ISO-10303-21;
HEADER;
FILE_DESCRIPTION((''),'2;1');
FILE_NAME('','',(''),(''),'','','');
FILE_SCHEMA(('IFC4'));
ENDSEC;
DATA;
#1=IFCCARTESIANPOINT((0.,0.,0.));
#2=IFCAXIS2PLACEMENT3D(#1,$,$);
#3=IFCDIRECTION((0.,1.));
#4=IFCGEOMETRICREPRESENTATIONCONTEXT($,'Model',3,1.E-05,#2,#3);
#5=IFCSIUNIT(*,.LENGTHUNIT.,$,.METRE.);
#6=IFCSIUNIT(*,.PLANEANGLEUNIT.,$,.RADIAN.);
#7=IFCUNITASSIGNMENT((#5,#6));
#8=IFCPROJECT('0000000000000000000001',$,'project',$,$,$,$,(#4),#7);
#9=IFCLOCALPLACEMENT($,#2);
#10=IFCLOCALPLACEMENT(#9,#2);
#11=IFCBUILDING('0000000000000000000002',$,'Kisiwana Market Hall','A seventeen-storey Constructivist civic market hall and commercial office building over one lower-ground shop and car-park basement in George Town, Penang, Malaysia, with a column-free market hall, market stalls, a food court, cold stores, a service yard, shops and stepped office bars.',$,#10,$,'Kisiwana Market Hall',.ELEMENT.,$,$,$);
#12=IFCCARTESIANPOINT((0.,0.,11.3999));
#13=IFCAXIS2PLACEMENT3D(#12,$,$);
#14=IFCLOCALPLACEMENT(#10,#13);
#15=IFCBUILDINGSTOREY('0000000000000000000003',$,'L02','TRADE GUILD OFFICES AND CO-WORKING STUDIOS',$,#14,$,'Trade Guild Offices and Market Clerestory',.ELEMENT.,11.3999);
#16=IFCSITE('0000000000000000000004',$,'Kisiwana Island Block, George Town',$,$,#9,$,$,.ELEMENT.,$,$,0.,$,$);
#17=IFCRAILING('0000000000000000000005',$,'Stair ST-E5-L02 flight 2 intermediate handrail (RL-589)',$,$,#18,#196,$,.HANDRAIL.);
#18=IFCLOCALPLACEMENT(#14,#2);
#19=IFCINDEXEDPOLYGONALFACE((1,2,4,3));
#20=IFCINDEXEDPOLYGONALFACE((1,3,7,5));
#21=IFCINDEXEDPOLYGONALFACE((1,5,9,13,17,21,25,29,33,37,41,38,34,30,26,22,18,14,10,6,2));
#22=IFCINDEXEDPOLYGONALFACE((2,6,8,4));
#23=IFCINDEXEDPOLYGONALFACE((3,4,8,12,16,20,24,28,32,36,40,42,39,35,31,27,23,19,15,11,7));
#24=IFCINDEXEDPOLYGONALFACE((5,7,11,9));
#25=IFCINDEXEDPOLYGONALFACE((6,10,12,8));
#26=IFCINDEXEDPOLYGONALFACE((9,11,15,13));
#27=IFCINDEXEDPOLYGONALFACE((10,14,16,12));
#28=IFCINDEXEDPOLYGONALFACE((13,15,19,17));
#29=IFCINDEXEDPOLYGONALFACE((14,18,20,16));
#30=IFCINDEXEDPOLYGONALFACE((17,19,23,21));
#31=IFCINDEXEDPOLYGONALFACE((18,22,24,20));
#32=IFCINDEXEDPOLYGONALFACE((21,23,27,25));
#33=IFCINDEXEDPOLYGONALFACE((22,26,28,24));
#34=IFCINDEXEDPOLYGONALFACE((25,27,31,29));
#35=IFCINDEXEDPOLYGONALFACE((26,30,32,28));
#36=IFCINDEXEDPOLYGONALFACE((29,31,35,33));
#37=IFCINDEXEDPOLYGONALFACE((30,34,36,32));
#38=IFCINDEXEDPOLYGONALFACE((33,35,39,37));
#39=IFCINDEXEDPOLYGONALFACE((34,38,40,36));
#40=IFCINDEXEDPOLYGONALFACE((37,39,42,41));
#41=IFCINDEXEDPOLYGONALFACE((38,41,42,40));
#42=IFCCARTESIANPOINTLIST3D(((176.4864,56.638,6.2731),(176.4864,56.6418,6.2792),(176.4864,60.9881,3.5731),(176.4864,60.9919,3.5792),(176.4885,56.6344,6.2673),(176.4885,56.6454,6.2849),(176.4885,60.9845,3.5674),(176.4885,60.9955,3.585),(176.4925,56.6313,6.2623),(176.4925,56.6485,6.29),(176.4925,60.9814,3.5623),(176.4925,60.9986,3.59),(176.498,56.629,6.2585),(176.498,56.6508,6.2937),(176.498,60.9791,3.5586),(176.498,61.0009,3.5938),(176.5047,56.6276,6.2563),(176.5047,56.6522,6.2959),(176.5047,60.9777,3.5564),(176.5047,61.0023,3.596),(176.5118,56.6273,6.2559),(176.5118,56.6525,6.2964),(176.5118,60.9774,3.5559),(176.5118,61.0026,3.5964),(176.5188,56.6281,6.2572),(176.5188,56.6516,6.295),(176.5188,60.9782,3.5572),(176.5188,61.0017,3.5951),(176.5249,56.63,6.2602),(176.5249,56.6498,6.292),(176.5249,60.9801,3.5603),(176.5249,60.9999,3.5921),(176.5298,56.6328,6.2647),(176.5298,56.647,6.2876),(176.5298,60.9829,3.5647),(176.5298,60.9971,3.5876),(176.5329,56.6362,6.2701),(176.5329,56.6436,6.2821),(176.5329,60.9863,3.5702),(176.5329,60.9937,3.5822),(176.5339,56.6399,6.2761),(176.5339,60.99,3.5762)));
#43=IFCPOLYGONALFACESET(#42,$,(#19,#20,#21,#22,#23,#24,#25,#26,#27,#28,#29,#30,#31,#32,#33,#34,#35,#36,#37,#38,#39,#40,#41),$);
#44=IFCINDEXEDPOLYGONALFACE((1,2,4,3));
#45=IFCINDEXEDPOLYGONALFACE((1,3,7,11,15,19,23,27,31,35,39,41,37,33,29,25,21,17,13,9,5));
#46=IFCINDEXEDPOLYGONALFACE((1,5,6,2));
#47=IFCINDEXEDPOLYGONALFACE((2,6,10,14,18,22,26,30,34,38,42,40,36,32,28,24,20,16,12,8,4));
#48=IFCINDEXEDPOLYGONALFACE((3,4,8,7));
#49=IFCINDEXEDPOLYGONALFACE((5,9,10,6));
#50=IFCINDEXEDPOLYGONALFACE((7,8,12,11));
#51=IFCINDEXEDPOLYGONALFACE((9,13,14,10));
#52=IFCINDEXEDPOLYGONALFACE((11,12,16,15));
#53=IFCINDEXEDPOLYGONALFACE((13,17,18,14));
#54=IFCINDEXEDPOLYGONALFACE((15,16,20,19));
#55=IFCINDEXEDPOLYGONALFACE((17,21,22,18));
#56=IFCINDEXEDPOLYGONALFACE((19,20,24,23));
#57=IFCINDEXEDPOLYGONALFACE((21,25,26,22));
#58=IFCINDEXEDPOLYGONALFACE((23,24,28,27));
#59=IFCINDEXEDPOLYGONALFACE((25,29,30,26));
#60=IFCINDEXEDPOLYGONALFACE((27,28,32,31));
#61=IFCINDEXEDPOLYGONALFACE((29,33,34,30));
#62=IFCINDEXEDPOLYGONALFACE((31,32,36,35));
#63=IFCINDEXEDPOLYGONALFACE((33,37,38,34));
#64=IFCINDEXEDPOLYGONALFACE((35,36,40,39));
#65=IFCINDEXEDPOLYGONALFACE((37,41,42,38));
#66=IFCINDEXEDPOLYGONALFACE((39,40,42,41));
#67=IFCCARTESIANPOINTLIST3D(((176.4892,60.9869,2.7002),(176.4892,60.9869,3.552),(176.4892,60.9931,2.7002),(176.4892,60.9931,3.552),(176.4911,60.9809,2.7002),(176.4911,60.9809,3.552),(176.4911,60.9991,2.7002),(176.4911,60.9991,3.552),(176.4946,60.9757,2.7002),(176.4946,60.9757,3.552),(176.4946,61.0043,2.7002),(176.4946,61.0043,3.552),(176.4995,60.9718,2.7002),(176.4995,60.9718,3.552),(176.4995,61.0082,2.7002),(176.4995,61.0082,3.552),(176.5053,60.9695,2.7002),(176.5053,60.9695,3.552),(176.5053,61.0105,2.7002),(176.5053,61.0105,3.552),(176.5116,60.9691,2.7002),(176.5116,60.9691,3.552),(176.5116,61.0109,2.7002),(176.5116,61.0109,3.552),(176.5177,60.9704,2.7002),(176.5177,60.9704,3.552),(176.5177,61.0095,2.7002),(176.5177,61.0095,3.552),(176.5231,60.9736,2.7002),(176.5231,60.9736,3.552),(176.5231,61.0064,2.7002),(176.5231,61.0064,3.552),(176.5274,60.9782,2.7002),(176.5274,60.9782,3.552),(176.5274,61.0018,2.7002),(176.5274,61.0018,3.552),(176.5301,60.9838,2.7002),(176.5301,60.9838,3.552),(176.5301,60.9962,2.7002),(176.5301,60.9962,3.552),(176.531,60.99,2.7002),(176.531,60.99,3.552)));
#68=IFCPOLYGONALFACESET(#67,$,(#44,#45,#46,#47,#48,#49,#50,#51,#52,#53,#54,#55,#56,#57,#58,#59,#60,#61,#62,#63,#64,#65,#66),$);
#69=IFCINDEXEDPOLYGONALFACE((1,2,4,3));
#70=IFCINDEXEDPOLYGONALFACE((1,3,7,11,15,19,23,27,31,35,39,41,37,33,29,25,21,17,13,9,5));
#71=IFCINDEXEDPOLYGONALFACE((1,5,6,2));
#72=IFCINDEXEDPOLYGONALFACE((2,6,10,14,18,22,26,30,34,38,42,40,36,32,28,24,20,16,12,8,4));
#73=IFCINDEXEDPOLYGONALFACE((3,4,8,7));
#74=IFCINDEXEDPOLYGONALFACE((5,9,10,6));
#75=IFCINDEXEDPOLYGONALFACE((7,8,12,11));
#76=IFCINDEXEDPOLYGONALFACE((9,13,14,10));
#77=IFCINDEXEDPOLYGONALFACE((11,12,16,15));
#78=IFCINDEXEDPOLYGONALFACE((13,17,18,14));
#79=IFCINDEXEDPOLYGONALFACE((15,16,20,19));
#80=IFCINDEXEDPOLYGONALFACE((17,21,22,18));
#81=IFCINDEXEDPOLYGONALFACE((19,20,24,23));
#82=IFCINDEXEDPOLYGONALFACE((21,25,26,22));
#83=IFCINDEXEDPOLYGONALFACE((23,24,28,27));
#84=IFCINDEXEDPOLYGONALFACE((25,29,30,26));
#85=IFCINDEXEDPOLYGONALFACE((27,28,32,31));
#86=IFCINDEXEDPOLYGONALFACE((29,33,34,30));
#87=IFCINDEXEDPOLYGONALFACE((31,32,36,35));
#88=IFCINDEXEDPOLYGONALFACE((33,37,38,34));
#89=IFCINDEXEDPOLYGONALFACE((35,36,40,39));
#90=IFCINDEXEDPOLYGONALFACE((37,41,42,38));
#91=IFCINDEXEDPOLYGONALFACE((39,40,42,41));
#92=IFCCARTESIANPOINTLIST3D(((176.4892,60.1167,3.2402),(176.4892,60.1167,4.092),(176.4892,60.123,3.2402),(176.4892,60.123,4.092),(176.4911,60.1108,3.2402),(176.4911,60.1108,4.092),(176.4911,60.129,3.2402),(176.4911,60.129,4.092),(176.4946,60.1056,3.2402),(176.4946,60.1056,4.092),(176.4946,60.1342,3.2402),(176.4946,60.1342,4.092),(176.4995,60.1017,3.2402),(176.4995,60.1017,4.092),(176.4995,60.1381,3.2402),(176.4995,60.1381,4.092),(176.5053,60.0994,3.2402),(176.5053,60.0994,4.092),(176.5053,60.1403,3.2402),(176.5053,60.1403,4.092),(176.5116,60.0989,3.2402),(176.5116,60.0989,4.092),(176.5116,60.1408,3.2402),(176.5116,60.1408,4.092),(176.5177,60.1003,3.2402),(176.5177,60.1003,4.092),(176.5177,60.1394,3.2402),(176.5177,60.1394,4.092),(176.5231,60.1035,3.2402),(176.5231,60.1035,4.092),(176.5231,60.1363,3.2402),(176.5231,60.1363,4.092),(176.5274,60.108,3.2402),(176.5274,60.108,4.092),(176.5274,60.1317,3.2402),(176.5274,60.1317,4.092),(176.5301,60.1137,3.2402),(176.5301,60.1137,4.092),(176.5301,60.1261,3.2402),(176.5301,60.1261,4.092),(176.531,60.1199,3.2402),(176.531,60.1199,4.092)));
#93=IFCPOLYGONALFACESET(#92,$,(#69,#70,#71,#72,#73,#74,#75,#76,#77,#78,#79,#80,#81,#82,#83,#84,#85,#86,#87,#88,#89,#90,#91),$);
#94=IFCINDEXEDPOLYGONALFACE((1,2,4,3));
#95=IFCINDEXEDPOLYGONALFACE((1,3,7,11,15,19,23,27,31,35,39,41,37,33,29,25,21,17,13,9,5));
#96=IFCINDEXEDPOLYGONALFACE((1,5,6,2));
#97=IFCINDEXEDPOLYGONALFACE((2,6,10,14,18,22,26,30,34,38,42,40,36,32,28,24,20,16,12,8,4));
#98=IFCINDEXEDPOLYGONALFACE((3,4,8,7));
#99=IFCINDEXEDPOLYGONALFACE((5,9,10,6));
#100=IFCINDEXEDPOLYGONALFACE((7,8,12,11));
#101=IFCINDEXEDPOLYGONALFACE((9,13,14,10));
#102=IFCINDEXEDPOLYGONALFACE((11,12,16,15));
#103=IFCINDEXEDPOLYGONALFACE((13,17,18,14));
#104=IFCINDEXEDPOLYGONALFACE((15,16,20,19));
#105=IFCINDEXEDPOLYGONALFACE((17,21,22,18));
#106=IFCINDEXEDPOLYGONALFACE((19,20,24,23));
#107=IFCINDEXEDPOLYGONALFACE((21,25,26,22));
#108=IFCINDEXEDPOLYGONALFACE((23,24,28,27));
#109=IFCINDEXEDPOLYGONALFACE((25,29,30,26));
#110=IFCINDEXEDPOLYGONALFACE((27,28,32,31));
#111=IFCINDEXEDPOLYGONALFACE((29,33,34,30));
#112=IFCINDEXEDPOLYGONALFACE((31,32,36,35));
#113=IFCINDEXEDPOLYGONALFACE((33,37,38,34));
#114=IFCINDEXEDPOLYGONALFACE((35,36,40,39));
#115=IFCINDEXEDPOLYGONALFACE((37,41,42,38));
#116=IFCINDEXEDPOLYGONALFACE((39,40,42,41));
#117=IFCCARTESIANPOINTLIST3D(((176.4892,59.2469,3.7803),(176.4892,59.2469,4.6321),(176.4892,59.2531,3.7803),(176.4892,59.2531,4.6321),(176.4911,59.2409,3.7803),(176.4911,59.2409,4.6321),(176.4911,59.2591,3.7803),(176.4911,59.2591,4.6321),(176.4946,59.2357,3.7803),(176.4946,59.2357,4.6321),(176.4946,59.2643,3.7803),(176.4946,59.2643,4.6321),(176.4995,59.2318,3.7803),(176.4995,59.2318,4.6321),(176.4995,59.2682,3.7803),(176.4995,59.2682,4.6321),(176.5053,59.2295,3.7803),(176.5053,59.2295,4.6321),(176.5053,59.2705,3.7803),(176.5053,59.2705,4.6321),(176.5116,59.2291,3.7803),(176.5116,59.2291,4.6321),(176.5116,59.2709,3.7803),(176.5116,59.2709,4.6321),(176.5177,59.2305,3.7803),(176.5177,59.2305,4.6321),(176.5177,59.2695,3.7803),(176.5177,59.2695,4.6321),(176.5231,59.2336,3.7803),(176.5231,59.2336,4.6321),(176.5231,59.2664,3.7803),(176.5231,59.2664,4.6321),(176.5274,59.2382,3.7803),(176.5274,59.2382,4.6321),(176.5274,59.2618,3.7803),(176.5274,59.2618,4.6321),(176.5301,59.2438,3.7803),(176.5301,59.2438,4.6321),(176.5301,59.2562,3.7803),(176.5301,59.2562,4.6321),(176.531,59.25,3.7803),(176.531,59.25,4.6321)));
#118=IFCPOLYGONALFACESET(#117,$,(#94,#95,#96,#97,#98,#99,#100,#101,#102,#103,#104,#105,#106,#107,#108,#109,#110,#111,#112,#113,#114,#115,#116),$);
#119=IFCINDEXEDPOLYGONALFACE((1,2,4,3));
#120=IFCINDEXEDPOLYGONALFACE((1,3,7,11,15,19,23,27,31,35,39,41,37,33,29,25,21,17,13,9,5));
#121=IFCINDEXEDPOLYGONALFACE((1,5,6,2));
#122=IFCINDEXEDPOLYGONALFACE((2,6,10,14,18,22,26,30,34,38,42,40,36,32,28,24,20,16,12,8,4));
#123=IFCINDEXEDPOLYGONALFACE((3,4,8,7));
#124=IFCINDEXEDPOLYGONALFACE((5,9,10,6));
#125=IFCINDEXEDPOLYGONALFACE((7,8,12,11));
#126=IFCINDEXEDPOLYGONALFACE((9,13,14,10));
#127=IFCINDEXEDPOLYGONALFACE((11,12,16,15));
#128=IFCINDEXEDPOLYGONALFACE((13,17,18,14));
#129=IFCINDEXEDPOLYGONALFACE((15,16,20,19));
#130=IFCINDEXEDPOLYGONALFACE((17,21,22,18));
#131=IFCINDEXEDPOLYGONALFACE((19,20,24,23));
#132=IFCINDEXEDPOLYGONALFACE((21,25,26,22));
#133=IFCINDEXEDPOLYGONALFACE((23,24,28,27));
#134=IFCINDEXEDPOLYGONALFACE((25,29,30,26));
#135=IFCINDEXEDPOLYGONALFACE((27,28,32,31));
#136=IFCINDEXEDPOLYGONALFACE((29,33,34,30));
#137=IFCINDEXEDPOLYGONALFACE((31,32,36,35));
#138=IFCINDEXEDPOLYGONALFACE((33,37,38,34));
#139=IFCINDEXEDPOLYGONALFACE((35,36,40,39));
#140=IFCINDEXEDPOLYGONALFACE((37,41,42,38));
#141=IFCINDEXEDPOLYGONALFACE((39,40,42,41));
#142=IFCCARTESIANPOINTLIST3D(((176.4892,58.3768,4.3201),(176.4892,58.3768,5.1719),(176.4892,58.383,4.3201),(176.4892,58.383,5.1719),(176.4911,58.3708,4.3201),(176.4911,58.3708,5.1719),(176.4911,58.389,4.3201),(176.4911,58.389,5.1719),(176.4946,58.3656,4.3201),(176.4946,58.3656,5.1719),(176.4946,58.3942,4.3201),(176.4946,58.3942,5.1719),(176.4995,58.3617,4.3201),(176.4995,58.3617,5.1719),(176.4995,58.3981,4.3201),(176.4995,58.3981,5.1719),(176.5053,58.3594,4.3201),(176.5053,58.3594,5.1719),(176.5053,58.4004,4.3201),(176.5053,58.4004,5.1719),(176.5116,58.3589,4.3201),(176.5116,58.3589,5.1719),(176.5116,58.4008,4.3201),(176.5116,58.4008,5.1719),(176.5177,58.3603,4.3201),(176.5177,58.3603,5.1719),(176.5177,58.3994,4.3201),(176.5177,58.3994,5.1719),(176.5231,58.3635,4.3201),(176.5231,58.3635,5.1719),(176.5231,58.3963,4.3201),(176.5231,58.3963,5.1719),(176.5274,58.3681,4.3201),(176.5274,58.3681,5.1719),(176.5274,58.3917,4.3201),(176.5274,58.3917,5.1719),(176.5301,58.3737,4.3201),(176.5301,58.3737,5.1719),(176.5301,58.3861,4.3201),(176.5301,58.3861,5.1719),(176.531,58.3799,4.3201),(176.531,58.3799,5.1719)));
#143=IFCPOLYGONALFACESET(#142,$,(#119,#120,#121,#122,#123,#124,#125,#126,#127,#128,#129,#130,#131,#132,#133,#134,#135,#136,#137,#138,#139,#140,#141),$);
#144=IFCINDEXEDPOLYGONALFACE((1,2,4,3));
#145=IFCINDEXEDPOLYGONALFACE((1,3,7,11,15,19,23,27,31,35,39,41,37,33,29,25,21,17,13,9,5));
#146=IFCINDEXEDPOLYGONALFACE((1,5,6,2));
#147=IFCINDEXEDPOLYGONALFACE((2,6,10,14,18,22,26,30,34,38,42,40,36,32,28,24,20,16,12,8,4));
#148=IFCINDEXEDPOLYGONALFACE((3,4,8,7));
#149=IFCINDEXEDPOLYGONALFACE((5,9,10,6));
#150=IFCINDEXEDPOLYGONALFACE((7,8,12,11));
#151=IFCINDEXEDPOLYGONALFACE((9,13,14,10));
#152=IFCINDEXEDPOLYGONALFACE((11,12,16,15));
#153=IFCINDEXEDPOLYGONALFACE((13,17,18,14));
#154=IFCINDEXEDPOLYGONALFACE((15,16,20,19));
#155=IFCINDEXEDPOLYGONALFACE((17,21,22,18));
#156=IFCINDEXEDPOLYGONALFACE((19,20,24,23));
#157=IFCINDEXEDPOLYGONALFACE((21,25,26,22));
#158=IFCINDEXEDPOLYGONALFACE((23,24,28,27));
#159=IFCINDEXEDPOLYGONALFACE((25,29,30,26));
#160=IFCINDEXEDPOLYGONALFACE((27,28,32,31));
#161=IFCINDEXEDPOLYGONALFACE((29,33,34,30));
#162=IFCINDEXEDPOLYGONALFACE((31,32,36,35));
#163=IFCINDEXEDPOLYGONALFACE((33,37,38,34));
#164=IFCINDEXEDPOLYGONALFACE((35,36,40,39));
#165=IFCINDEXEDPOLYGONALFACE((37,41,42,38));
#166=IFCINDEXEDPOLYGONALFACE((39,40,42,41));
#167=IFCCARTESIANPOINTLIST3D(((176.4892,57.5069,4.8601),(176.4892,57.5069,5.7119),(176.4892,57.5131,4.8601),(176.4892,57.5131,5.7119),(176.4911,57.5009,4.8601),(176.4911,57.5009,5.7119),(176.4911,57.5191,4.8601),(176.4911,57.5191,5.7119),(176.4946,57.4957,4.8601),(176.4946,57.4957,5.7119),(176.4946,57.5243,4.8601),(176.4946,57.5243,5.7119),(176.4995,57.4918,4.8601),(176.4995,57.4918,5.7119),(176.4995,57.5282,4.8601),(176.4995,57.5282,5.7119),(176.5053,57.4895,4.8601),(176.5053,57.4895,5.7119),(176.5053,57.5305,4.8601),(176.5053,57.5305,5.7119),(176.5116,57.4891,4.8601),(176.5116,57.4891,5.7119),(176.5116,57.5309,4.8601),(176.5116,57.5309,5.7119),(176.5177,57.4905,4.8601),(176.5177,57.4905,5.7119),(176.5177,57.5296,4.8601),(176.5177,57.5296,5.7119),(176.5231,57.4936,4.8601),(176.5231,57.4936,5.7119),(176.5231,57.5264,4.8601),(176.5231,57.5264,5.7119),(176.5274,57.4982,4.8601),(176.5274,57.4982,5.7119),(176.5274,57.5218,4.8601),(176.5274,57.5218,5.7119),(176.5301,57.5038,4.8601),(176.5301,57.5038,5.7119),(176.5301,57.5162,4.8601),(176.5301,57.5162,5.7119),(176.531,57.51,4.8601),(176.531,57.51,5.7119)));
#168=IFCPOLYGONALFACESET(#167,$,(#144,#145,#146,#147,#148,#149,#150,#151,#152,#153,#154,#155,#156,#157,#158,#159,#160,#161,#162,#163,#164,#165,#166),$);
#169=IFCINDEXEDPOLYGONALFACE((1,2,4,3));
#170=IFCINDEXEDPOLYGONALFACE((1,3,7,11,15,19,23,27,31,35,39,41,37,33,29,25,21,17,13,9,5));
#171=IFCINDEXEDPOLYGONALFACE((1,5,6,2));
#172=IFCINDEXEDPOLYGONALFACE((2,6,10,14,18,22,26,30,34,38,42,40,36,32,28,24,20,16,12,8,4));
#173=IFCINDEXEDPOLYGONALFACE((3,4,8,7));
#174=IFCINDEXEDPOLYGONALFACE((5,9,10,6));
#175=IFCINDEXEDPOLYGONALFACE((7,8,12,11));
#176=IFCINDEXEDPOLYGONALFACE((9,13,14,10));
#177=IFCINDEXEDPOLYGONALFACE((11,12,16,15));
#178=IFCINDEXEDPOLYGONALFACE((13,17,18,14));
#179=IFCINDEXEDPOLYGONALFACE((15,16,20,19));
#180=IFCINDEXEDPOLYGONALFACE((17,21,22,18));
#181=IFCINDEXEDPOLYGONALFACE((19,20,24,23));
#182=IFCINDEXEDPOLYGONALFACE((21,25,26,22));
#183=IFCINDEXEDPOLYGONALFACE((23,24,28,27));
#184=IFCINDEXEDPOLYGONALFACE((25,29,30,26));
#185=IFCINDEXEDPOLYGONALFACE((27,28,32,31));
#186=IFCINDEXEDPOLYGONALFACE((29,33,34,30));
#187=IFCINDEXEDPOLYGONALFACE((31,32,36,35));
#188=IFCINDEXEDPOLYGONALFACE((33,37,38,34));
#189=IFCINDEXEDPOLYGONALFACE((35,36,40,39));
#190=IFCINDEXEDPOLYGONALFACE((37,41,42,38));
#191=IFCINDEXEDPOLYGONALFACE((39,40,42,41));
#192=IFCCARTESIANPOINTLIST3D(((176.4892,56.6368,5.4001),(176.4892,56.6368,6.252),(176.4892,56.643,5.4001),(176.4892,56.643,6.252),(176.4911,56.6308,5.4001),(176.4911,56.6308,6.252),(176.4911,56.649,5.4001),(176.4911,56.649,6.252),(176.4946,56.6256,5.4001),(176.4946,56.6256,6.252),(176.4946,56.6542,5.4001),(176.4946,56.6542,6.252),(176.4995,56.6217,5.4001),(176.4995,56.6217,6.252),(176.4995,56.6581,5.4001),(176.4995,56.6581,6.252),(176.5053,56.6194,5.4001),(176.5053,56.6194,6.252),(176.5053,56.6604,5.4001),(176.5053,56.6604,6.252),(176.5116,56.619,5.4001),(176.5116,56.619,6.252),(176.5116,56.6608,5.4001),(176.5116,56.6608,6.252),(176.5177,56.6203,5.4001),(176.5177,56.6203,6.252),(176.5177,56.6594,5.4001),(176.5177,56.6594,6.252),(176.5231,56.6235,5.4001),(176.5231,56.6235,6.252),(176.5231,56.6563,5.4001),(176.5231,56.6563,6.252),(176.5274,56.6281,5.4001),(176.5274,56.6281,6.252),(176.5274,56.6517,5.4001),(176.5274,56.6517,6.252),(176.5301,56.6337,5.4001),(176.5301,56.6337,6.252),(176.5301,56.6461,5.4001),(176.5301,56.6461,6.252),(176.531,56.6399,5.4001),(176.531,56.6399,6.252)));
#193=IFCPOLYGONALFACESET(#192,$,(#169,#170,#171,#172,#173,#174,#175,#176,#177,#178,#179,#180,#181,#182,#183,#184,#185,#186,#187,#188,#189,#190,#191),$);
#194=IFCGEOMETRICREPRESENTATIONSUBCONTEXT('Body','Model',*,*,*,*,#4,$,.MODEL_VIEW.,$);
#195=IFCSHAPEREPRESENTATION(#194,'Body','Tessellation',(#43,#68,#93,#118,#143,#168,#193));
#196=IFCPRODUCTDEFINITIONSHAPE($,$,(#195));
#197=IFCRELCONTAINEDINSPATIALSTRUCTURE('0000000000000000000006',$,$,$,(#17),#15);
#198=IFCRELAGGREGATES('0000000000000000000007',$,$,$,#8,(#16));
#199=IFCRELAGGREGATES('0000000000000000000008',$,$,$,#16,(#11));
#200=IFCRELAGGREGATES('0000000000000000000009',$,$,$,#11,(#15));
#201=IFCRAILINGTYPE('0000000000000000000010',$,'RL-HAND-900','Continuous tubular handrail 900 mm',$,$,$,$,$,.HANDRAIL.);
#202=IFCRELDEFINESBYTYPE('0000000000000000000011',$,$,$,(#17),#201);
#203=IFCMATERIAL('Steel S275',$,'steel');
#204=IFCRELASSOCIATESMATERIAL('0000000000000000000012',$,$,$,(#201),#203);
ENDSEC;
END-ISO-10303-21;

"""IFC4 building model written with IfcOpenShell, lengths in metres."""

from ifc_helpers import new_model, si_unit, direction, frame, origin, origin_2d, place, context, subcontext, project, spatial, circle, extrude, material, type_object, element, save


model = new_model("IFC4")

# Units and contexts
model_context = context("Model", 3, precision=1e-05, world=origin(), true_north=direction((0.0, 1.0)))
body_context = subcontext(model_context, "Body", "Model", "MODEL_VIEW")
ifc_project = project(units=[si_unit("LENGTHUNIT", "METRE"), si_unit("PLANEANGLEUNIT", "RADIAN")], contexts=[model_context])

# Site, building, storey
site_placement = place(None, origin())
site = spatial("IfcSite", under=ifc_project, at=site_placement, Name="Kisiwana Island Block, George Town", CompositionType="ELEMENT", RefElevation=0.0)
building_placement = place(site_placement, origin())
building = spatial("IfcBuilding", under=site, at=building_placement, Name="Kisiwana Market Hall", Description="A seventeen-storey Constructivist civic market hall and commercial office building over one lower-ground shop and car-park basement in George Town, Penang, Malaysia, with a column-free market hall, market stalls, a food court, cold stores, a service yard, shops and stepped office bars.", LongName="Kisiwana Market Hall", CompositionType="ELEMENT")
storey_placement = place(building_placement, frame((0.0, 0.0, 11.3999)))
storey = spatial("IfcBuildingStorey", under=building, at=storey_placement, Name="L02", Description="TRADE GUILD OFFICES AND CO-WORKING STUDIOS", LongName="Trade Guild Offices and Market Clerestory", CompositionType="ELEMENT", Elevation=11.3999)

# Railing
ifc_material_1 = material(Name="Steel S275", Category="steel")
railing_type_1 = type_object("IfcRailingType", Name="RL-HAND-900", Description="Continuous tubular handrail 900 mm", PredefinedType="HANDRAIL", material=ifc_material_1)
for number, where, name in (
    (1, (176.51, 60.99, 2.7002), "Stair ST-E5-L02 flight 2 intermediate handrail (RL-589)"),
):
    element("IfcRailing", number, at=place(storey_placement, frame(where)), inside=storey, type_object=railing_type_1, Name=name, PredefinedType="HANDRAIL", context=body_context, shape_type="SweptSolid", body=[
        extrude(circle(Radius=0.0239, at=origin_2d()), frame((0.0, 0.0, 0.876), z_axis=(0.0, -0.84965, 0.527347), x_axis=(1.0, 0.0, 0.0)), (0.0, 0.0, 1.0), 5.1199),
        extrude(circle(Radius=0.021, at=origin_2d()), origin(), (0.0, 0.0, 1.0), 0.8518),
        extrude(circle(Radius=0.021, at=origin_2d()), frame((0.0, -0.8701, 0.54)), (0.0, 0.0, 1.0), 0.8518),
        extrude(circle(Radius=0.021, at=origin_2d()), frame((0.0, -1.74, 1.0801)), (0.0, 0.0, 1.0), 0.8518),
        extrude(circle(Radius=0.021, at=origin_2d()), frame((0.0, -2.6101, 1.6199)), (0.0, 0.0, 1.0), 0.8518),
        extrude(circle(Radius=0.021, at=origin_2d()), frame((0.0, -3.48, 2.1599)), (0.0, 0.0, 1.0), 0.8518),
        extrude(circle(Radius=0.021, at=origin_2d()), frame((0.0, -4.3501, 2.7)), (0.0, 0.0, 1.0), 0.8518),
    ])

save(model, "model.ifc")
